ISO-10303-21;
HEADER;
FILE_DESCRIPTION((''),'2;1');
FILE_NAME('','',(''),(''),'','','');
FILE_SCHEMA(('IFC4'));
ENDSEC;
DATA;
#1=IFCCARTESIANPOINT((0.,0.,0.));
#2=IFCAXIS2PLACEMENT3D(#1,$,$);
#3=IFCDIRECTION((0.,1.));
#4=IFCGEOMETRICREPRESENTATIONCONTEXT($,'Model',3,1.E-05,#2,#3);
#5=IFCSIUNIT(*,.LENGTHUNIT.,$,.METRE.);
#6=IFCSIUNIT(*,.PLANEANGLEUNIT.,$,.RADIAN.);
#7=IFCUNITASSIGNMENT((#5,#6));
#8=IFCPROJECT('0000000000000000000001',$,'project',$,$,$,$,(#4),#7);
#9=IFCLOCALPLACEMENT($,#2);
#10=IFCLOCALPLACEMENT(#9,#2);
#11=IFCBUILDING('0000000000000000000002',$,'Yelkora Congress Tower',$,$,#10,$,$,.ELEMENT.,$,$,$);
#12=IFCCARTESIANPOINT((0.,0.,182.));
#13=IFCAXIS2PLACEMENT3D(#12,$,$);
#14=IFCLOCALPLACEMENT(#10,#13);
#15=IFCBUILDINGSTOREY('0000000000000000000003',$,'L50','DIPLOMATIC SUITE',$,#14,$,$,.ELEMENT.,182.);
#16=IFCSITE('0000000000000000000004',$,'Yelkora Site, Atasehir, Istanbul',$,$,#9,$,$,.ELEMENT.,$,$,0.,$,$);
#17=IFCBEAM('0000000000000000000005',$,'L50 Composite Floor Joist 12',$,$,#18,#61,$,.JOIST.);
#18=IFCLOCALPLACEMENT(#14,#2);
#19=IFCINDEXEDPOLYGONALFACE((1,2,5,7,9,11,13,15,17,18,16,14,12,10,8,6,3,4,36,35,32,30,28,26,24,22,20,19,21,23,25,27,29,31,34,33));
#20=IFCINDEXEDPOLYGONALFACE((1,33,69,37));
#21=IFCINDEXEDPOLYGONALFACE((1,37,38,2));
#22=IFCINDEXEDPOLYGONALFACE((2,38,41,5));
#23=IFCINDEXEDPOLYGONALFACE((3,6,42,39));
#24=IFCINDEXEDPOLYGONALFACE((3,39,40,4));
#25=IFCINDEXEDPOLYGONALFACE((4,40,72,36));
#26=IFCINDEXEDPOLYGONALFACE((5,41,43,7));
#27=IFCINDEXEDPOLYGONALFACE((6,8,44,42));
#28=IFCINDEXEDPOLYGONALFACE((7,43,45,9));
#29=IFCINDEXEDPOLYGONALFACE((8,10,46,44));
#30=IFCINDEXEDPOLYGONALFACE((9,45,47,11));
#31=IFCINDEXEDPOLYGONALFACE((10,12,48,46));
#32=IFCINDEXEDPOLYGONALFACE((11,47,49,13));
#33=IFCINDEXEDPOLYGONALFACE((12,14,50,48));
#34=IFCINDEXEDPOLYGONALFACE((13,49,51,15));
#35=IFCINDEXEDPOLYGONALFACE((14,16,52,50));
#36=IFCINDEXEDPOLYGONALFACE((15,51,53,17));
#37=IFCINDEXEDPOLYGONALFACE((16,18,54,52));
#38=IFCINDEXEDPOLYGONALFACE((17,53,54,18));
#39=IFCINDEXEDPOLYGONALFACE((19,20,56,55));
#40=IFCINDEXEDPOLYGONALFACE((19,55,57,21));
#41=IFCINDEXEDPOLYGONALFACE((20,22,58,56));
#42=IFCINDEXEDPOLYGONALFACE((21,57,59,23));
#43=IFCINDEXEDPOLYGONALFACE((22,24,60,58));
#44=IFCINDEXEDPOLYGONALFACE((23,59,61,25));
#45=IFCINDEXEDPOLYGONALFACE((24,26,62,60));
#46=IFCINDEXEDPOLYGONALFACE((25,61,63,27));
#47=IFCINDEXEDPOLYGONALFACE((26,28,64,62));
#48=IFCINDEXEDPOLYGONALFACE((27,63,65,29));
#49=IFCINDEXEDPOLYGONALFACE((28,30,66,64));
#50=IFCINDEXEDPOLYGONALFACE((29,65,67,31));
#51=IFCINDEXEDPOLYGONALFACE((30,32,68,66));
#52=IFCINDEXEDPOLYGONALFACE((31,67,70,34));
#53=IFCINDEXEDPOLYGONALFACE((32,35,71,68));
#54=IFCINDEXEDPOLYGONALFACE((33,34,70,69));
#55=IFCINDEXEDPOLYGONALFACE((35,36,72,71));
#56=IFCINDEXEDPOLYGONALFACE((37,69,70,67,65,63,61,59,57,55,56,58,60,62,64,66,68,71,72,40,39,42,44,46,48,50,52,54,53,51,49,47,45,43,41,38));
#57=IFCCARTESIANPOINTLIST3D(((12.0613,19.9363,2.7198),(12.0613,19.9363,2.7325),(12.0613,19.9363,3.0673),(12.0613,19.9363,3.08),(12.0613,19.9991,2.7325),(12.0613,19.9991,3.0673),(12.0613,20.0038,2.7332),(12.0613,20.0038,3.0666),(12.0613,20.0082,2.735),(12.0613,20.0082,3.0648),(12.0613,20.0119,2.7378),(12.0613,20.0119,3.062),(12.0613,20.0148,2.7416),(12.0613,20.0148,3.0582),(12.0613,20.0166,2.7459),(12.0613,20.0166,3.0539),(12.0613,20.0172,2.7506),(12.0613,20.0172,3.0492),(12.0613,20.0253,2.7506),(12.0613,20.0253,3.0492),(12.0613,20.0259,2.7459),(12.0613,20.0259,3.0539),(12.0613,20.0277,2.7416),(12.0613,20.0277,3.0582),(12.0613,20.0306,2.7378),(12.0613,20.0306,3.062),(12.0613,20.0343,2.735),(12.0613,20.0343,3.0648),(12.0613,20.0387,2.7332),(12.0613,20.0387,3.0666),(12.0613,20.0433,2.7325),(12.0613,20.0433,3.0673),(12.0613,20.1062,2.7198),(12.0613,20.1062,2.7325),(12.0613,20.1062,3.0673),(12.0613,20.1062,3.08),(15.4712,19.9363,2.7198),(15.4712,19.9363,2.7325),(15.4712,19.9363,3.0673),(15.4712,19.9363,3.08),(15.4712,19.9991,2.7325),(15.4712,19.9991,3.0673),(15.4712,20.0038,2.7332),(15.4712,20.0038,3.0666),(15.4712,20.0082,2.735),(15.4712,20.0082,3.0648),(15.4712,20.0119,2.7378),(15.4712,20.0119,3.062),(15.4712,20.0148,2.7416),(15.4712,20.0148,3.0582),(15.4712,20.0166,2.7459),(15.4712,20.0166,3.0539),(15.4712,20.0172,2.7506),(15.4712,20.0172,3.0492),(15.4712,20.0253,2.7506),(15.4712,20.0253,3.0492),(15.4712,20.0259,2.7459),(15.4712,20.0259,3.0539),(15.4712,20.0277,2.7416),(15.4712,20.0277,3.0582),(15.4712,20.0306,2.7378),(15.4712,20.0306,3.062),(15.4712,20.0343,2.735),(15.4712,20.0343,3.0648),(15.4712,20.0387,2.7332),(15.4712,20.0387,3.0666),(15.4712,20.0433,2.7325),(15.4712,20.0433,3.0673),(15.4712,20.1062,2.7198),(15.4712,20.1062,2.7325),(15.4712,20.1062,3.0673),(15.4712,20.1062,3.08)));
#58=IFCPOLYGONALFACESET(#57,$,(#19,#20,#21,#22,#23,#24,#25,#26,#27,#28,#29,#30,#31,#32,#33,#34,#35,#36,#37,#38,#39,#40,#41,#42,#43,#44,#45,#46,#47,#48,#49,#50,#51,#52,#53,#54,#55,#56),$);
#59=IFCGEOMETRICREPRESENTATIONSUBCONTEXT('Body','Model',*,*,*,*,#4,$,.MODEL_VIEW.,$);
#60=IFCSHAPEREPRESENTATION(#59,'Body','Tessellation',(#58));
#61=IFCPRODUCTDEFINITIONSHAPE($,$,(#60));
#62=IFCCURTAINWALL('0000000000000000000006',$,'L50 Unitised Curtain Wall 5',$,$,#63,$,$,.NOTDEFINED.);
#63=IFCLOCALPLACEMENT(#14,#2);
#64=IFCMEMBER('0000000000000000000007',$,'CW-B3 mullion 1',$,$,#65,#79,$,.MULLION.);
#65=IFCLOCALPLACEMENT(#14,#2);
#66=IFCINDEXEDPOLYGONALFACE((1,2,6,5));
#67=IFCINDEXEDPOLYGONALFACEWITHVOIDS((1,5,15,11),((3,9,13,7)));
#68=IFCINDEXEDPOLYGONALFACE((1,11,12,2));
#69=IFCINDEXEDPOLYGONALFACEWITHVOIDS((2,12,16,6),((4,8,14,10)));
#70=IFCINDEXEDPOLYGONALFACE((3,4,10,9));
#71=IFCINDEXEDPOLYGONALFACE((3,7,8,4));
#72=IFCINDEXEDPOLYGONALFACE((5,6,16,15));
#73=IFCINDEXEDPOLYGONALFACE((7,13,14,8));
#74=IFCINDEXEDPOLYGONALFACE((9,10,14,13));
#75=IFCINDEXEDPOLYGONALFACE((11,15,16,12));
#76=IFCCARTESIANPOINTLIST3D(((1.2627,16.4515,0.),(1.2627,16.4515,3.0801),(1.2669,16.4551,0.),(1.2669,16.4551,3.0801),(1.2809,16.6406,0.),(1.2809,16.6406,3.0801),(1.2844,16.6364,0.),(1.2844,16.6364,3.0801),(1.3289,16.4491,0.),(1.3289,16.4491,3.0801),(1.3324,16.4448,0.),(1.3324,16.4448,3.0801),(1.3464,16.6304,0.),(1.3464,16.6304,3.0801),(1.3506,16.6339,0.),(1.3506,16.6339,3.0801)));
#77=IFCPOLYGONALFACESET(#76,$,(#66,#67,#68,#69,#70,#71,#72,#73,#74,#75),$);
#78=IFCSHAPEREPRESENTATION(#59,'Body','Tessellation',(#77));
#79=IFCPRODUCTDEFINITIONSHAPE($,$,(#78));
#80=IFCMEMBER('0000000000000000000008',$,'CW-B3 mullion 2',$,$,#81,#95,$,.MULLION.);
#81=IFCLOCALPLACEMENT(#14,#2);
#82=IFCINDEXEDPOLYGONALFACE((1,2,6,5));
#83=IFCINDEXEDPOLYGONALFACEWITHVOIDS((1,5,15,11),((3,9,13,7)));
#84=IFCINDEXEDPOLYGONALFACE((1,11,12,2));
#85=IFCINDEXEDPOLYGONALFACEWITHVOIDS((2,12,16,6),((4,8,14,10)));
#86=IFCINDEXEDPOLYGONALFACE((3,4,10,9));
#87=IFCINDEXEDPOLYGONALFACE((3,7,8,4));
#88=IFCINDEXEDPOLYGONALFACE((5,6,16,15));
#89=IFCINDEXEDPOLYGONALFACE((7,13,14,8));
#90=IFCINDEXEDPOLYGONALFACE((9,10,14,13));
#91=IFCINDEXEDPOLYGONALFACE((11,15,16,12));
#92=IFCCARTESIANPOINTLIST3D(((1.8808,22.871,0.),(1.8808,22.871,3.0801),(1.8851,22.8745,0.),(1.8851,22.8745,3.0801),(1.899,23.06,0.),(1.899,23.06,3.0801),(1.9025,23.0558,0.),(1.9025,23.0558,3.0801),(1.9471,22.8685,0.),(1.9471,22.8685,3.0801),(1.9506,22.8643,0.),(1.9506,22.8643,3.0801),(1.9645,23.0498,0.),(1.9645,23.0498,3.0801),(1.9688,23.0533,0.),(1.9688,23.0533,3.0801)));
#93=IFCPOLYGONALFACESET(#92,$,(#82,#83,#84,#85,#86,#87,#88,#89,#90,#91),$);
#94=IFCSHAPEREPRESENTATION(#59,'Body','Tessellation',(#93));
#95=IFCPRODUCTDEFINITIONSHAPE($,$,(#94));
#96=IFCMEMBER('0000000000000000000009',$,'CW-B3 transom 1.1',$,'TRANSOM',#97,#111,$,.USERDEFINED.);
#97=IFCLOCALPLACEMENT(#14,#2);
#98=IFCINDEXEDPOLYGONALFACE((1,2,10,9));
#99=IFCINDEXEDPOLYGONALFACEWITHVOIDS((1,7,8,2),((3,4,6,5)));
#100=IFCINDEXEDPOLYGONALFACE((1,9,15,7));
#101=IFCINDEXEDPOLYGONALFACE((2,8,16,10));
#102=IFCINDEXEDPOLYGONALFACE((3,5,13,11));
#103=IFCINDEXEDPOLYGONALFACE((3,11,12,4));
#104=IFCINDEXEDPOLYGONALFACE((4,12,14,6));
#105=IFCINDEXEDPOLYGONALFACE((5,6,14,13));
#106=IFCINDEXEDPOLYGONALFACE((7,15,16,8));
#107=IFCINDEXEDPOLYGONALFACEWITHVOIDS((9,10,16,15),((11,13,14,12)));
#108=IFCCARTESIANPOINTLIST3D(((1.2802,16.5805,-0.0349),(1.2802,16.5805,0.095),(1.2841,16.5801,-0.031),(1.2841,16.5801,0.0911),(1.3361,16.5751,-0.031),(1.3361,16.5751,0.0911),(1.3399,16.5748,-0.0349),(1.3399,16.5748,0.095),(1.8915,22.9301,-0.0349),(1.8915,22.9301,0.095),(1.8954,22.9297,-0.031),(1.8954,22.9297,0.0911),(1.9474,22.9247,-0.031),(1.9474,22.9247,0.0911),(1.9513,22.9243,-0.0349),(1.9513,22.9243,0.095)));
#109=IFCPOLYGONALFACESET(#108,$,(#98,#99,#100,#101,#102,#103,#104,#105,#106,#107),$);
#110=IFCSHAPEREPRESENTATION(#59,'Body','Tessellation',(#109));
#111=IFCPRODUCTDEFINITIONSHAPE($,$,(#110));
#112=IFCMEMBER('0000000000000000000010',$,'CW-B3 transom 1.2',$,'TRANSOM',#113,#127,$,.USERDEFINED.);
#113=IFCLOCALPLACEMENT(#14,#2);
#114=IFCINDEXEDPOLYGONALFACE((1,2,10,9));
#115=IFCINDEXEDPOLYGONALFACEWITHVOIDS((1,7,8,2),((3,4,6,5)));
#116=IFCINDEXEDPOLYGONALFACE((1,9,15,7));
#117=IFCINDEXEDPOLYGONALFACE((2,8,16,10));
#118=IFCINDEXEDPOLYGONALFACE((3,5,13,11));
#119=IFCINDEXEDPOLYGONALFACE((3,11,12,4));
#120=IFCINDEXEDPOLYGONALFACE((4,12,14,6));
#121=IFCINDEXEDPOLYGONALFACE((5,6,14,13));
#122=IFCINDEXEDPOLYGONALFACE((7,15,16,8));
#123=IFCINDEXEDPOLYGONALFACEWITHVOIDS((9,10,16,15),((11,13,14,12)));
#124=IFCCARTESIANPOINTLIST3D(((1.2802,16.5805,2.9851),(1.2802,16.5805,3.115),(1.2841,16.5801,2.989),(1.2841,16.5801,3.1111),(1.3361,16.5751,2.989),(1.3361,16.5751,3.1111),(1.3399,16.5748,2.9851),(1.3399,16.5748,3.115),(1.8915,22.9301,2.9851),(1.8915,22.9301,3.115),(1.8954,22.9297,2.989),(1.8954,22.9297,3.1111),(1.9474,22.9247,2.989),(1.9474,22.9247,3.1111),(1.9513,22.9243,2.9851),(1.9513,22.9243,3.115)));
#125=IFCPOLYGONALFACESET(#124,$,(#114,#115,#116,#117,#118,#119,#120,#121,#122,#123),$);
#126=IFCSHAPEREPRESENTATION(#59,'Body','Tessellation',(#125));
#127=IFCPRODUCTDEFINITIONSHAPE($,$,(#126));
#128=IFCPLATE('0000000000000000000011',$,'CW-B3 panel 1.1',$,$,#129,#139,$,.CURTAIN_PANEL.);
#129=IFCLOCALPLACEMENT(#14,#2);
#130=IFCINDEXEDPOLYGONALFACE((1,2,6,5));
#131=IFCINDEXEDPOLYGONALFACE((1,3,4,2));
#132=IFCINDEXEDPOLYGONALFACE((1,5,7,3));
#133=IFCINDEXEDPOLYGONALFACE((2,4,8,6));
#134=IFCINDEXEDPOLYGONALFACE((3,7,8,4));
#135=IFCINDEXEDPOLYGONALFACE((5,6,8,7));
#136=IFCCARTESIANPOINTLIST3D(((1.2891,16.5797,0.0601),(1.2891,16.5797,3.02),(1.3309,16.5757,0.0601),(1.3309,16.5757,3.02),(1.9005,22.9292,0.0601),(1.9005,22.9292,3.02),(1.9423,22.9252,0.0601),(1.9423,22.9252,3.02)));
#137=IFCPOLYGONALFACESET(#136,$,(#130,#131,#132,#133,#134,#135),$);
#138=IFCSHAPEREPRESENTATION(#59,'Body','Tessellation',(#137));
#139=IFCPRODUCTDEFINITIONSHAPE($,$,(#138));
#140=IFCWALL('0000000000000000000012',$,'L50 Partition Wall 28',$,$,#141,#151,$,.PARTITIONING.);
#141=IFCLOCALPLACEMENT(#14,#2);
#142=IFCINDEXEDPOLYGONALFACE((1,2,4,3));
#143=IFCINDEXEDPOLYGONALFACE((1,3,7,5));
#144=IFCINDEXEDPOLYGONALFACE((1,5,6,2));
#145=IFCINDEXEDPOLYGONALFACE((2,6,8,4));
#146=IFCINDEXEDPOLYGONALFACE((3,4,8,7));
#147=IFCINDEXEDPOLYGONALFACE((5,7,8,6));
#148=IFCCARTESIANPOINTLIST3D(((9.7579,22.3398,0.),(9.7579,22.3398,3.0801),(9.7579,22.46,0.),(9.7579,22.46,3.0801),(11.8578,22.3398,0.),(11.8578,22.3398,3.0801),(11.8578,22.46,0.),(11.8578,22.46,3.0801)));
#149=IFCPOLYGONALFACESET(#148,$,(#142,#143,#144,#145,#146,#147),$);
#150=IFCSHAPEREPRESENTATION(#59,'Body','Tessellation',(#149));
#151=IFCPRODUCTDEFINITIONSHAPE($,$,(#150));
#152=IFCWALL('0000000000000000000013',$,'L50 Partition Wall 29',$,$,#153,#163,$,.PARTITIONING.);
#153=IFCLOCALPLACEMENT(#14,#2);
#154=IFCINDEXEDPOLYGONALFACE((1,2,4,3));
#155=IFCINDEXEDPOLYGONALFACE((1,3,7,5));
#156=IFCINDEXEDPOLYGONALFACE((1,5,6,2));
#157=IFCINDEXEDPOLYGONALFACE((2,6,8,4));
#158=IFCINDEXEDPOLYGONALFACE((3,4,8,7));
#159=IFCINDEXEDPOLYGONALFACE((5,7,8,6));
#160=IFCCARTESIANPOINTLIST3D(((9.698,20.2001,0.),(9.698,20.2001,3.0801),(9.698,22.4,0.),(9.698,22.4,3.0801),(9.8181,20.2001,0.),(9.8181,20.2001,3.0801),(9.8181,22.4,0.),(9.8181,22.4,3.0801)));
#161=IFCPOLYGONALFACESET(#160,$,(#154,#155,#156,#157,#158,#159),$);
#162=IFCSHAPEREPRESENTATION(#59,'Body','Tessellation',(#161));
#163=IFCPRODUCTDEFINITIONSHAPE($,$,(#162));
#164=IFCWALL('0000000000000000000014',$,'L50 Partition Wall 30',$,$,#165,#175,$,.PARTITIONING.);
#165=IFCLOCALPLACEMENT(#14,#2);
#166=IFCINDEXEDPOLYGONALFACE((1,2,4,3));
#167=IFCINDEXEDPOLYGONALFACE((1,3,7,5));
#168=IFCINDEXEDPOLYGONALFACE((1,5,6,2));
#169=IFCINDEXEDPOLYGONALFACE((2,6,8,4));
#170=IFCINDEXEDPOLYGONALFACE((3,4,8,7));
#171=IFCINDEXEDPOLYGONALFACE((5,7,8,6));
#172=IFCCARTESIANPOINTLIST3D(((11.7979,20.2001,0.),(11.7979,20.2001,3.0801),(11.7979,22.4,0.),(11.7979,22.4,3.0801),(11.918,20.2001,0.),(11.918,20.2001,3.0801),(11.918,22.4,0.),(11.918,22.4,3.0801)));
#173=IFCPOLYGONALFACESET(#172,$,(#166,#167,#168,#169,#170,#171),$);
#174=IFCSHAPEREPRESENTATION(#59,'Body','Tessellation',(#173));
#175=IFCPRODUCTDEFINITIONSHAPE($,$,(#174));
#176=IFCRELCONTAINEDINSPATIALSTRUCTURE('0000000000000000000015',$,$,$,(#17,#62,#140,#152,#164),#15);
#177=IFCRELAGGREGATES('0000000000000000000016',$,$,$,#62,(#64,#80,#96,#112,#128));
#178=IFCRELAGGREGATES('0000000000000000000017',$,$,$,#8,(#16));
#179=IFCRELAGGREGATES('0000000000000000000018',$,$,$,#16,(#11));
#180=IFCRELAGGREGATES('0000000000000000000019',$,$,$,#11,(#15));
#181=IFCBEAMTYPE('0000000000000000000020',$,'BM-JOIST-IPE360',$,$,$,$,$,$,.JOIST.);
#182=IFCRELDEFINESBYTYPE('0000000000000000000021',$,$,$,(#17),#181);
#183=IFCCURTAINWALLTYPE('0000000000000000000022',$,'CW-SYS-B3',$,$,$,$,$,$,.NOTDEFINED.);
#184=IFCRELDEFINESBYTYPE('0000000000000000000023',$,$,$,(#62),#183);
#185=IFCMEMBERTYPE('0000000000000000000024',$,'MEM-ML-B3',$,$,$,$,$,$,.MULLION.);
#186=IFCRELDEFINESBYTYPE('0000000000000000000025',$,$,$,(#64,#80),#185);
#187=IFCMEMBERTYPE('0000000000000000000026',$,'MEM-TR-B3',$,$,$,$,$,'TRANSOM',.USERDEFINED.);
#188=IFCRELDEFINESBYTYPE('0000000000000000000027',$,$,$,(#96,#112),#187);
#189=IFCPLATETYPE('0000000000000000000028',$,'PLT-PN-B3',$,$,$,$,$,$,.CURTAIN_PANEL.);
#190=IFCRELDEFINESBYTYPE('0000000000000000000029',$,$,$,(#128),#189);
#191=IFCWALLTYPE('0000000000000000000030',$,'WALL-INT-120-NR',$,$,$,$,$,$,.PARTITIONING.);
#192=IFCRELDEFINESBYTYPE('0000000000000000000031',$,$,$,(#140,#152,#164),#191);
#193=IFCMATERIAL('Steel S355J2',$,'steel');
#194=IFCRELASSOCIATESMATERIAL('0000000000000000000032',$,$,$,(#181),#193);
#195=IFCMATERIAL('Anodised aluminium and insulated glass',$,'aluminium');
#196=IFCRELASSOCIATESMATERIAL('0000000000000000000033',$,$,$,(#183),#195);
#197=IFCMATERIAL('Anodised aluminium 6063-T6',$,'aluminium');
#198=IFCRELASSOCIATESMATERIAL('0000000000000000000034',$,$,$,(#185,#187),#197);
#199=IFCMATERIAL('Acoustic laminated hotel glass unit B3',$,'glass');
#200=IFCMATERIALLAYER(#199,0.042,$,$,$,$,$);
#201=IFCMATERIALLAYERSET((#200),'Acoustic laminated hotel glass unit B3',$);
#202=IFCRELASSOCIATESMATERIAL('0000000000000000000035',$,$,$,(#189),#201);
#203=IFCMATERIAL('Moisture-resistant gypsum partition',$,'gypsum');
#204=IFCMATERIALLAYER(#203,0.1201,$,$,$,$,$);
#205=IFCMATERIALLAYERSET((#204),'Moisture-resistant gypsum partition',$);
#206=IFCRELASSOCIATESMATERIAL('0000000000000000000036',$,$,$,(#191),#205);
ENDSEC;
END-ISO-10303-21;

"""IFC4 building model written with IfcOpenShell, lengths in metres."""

from ifc_helpers import new_model, si_unit, direction, frame, frame_2d, origin, origin_2d, place, context, subcontext, project, spatial, rectangle, hollow_rectangle, i_section, extrude, material, layer, layer_set, material_profile, profile_set, type_object, element, aggregate, save


model = new_model("IFC4")

# Units and contexts
model_context = context("Model", 3, precision=1e-05, world=origin(), true_north=direction((0.0, 1.0)))
body_context = subcontext(model_context, "Body", "Model", "MODEL_VIEW")
ifc_project = project(units=[si_unit("LENGTHUNIT", "METRE"), si_unit("PLANEANGLEUNIT", "RADIAN")], contexts=[model_context])

# Site, building, storey
site_placement = place(None, origin())
site = spatial("IfcSite", under=ifc_project, at=site_placement, Name="Yelkora Site, Atasehir, Istanbul", CompositionType="ELEMENT", RefElevation=0.0)
building_placement = place(site_placement, origin())
building = spatial("IfcBuilding", under=site, at=building_placement, Name="Yelkora Congress Tower", CompositionType="ELEMENT")
storey_placement = place(building_placement, frame((0.0, 0.0, 182.0)))
storey = spatial("IfcBuildingStorey", under=building, at=storey_placement, Name="L50", Description="DIPLOMATIC SUITE", CompositionType="ELEMENT", Elevation=182.0)

# Beam
ifc_material_1 = material(Name="Steel S355J2", Category="steel")
ifc_material_profile_1 = material_profile(ifc_material_1, i_section(OverallWidth=0.1699, OverallDepth=0.3601, WebThickness=0.0081, FlangeThickness=0.0127, FilletRadius=0.0181, at=origin_2d()), Name="IPE 360")
ifc_profile_set_1 = profile_set([ifc_material_profile_1], Name="Steel S355J2")
beam_type = type_object("IfcBeamType", Name="BM-JOIST-IPE360", PredefinedType="JOIST", material=ifc_profile_set_1)
beam_placement = place(storey_placement, frame((12.0613, 20.0212, 2.8999), z_axis=(1.0, 0.0, 0.0), x_axis=(0.0, 1.0, 0.0)))
element("IfcBeam", 1, at=beam_placement, inside=storey, type_object=beam_type, Name="L50 Composite Floor Joist 12", PredefinedType="JOIST", context=body_context, shape_type="SweptSolid", body=[
    extrude(i_section(OverallWidth=0.1699, OverallDepth=0.3601, WebThickness=0.0081, FlangeThickness=0.0127, FilletRadius=0.0181, at=origin_2d()), origin(), (0.0, 0.0, 1.0), 3.4099),
])

# Curtain wall, members, plate
ifc_material_2 = material(Name="Anodised aluminium and insulated glass", Category="aluminium")
curtain_wall_type = type_object("IfcCurtainWallType", Name="CW-SYS-B3", PredefinedType="NOTDEFINED", material=ifc_material_2)
curtain_wall_placement = place(storey_placement, origin())
curtain_wall = element("IfcCurtainWall", 2, at=curtain_wall_placement, inside=storey, type_object=curtain_wall_type, Name="L50 Unitised Curtain Wall 5", PredefinedType="NOTDEFINED")
ifc_material_3 = material(Name="Anodised aluminium 6063-T6", Category="aluminium")
ifc_material_profile_2 = material_profile(ifc_material_3, hollow_rectangle(XDim=0.0701, YDim=0.1899, WallThickness=0.0039, at=origin_2d()), Name="ALU 70x190x4")
ifc_profile_set_2 = profile_set([ifc_material_profile_2], Name="Anodised aluminium 6063-T6")
member_type_1 = type_object("IfcMemberType", Name="MEM-ML-B3", PredefinedType="MULLION", material=ifc_profile_set_2)
member_1_placement = place(storey_placement, frame((1.3066, 16.5427, 0.0), z_axis=(0.0, 0.0, 1.0), x_axis=(-0.995396, 0.095845, 0.0)))
member_1 = element("IfcMember", 3, at=member_1_placement, type_object=member_type_1, Name="CW-B3 mullion 1", PredefinedType="MULLION", context=body_context, shape_type="SweptSolid", body=[
    extrude(hollow_rectangle(XDim=0.0701, YDim=0.1899, WallThickness=0.0039, at=origin_2d()), origin(), (0.0, 0.0, 1.0), 3.0801),
])
member_2_placement = place(storey_placement, frame((1.9248, 22.9622, 0.0), z_axis=(0.0, 0.0, 1.0), x_axis=(-0.995396, 0.095845, 0.0)))
member_2 = element("IfcMember", 4, at=member_2_placement, type_object=member_type_1, Name="CW-B3 mullion 2", PredefinedType="MULLION", context=body_context, shape_type="SweptSolid", body=[
    extrude(hollow_rectangle(XDim=0.0701, YDim=0.1899, WallThickness=0.0039, at=origin_2d()), origin(), (0.0, 0.0, 1.0), 3.0801),
])
ifc_material_profile_3 = material_profile(ifc_material_3, hollow_rectangle(XDim=0.0601, YDim=0.1299, WallThickness=0.0039, at=origin_2d()), Name="ALU 60x130x4")
ifc_profile_set_3 = profile_set([ifc_material_profile_3], Name="Anodised aluminium 6063-T6")
member_type_2 = type_object("IfcMemberType", Name="MEM-TR-B3", ElementType="TRANSOM", PredefinedType="USERDEFINED", material=ifc_profile_set_3)
member_3_placement = place(storey_placement, frame((1.3101, 16.5776, 0.03), z_axis=(0.095835, 0.995397, 0.0), x_axis=(-0.995397, 0.095835, 0.0)))
member_3 = element("IfcMember", 5, at=member_3_placement, type_object=member_type_2, Name="CW-B3 transom 1.1", ObjectType="TRANSOM", PredefinedType="USERDEFINED", context=body_context, shape_type="SweptSolid", body=[
    extrude(hollow_rectangle(XDim=0.0601, YDim=0.1299, WallThickness=0.0039, at=origin_2d()), origin(), (0.0, 0.0, 1.0), 6.3789),
])
member_4_placement = place(storey_placement, frame((1.3101, 16.5776, 3.05), z_axis=(0.095835, 0.995397, 0.0), x_axis=(-0.995397, 0.095835, 0.0)))
member_4 = element("IfcMember", 6, at=member_4_placement, type_object=member_type_2, Name="CW-B3 transom 1.2", ObjectType="TRANSOM", PredefinedType="USERDEFINED", context=body_context, shape_type="SweptSolid", body=[
    extrude(hollow_rectangle(XDim=0.0601, YDim=0.1299, WallThickness=0.0039, at=origin_2d()), origin(), (0.0, 0.0, 1.0), 6.3789),
])
ifc_material_4 = material(Name="Acoustic laminated hotel glass unit B3", Category="glass")
ifc_layer_1 = layer(ifc_material_4, 0.042)
ifc_layer_set_1 = layer_set([ifc_layer_1], Name="Acoustic laminated hotel glass unit B3")
plate_type = type_object("IfcPlateType", Name="PLT-PN-B3", PredefinedType="CURTAIN_PANEL", material=ifc_layer_set_1)
plate_placement = place(storey_placement, frame((1.6157, 19.7524, 0.0601), z_axis=(0.0, 0.0, 1.0), x_axis=(0.095845, 0.995396, 0.0)))
plate = element("IfcPlate", 7, at=plate_placement, type_object=plate_type, Name="CW-B3 panel 1.1", PredefinedType="CURTAIN_PANEL", context=body_context, shape_type="SweptSolid", body=[
    extrude(rectangle(XDim=6.3789, YDim=0.042, at=origin_2d()), origin(), (0.0, 0.0, 1.0), 2.96),
])
aggregate(curtain_wall, [member_1, member_2, member_3, member_4, plate])

# Walls
ifc_material_5 = material(Name="Moisture-resistant gypsum partition", Category="gypsum")
ifc_layer_2 = layer(ifc_material_5, 0.1201)
ifc_layer_set_2 = layer_set([ifc_layer_2], Name="Moisture-resistant gypsum partition")
wall_type = type_object("IfcWallType", Name="WALL-INT-120-NR", PredefinedType="PARTITIONING", material=ifc_layer_set_2)
wall_1_placement = place(storey_placement, frame((9.7581, 22.3999, 0.0), z_axis=(0.0, 0.0, 1.0), x_axis=(1.0, 0.0, 0.0)))
element("IfcWall", 8, at=wall_1_placement, inside=storey, type_object=wall_type, Name="L50 Partition Wall 28", PredefinedType="PARTITIONING", context=body_context, shape_type="SweptSolid", body=[
    extrude(rectangle(XDim=2.0999, YDim=0.1201, at=frame_2d((1.0498, 0.0))), origin(), (0.0, 0.0, 1.0), 3.0801),
])
for number, where, z_axis, x_axis, name in (
    (9, (9.7581, 20.2, 0.0), (0.0, 0.0, 1.0), (0.0, 1.0, 0.0), "L50 Partition Wall 29"),
    (10, (11.8579, 20.2, 0.0), (0.0, 0.0, 1.0), (0.0, 1.0, 0.0), "L50 Partition Wall 30"),
):
    element("IfcWall", number, at=place(storey_placement, frame(where, z_axis=z_axis, x_axis=x_axis)), inside=storey, type_object=wall_type, Name=name, PredefinedType="PARTITIONING", context=body_context, shape_type="SweptSolid", body=[
        extrude(rectangle(XDim=2.2, YDim=0.1201, at=frame_2d((1.1001, 0.0))), origin(), (0.0, 0.0, 1.0), 3.0801),
    ])

save(model, "model.ifc")
